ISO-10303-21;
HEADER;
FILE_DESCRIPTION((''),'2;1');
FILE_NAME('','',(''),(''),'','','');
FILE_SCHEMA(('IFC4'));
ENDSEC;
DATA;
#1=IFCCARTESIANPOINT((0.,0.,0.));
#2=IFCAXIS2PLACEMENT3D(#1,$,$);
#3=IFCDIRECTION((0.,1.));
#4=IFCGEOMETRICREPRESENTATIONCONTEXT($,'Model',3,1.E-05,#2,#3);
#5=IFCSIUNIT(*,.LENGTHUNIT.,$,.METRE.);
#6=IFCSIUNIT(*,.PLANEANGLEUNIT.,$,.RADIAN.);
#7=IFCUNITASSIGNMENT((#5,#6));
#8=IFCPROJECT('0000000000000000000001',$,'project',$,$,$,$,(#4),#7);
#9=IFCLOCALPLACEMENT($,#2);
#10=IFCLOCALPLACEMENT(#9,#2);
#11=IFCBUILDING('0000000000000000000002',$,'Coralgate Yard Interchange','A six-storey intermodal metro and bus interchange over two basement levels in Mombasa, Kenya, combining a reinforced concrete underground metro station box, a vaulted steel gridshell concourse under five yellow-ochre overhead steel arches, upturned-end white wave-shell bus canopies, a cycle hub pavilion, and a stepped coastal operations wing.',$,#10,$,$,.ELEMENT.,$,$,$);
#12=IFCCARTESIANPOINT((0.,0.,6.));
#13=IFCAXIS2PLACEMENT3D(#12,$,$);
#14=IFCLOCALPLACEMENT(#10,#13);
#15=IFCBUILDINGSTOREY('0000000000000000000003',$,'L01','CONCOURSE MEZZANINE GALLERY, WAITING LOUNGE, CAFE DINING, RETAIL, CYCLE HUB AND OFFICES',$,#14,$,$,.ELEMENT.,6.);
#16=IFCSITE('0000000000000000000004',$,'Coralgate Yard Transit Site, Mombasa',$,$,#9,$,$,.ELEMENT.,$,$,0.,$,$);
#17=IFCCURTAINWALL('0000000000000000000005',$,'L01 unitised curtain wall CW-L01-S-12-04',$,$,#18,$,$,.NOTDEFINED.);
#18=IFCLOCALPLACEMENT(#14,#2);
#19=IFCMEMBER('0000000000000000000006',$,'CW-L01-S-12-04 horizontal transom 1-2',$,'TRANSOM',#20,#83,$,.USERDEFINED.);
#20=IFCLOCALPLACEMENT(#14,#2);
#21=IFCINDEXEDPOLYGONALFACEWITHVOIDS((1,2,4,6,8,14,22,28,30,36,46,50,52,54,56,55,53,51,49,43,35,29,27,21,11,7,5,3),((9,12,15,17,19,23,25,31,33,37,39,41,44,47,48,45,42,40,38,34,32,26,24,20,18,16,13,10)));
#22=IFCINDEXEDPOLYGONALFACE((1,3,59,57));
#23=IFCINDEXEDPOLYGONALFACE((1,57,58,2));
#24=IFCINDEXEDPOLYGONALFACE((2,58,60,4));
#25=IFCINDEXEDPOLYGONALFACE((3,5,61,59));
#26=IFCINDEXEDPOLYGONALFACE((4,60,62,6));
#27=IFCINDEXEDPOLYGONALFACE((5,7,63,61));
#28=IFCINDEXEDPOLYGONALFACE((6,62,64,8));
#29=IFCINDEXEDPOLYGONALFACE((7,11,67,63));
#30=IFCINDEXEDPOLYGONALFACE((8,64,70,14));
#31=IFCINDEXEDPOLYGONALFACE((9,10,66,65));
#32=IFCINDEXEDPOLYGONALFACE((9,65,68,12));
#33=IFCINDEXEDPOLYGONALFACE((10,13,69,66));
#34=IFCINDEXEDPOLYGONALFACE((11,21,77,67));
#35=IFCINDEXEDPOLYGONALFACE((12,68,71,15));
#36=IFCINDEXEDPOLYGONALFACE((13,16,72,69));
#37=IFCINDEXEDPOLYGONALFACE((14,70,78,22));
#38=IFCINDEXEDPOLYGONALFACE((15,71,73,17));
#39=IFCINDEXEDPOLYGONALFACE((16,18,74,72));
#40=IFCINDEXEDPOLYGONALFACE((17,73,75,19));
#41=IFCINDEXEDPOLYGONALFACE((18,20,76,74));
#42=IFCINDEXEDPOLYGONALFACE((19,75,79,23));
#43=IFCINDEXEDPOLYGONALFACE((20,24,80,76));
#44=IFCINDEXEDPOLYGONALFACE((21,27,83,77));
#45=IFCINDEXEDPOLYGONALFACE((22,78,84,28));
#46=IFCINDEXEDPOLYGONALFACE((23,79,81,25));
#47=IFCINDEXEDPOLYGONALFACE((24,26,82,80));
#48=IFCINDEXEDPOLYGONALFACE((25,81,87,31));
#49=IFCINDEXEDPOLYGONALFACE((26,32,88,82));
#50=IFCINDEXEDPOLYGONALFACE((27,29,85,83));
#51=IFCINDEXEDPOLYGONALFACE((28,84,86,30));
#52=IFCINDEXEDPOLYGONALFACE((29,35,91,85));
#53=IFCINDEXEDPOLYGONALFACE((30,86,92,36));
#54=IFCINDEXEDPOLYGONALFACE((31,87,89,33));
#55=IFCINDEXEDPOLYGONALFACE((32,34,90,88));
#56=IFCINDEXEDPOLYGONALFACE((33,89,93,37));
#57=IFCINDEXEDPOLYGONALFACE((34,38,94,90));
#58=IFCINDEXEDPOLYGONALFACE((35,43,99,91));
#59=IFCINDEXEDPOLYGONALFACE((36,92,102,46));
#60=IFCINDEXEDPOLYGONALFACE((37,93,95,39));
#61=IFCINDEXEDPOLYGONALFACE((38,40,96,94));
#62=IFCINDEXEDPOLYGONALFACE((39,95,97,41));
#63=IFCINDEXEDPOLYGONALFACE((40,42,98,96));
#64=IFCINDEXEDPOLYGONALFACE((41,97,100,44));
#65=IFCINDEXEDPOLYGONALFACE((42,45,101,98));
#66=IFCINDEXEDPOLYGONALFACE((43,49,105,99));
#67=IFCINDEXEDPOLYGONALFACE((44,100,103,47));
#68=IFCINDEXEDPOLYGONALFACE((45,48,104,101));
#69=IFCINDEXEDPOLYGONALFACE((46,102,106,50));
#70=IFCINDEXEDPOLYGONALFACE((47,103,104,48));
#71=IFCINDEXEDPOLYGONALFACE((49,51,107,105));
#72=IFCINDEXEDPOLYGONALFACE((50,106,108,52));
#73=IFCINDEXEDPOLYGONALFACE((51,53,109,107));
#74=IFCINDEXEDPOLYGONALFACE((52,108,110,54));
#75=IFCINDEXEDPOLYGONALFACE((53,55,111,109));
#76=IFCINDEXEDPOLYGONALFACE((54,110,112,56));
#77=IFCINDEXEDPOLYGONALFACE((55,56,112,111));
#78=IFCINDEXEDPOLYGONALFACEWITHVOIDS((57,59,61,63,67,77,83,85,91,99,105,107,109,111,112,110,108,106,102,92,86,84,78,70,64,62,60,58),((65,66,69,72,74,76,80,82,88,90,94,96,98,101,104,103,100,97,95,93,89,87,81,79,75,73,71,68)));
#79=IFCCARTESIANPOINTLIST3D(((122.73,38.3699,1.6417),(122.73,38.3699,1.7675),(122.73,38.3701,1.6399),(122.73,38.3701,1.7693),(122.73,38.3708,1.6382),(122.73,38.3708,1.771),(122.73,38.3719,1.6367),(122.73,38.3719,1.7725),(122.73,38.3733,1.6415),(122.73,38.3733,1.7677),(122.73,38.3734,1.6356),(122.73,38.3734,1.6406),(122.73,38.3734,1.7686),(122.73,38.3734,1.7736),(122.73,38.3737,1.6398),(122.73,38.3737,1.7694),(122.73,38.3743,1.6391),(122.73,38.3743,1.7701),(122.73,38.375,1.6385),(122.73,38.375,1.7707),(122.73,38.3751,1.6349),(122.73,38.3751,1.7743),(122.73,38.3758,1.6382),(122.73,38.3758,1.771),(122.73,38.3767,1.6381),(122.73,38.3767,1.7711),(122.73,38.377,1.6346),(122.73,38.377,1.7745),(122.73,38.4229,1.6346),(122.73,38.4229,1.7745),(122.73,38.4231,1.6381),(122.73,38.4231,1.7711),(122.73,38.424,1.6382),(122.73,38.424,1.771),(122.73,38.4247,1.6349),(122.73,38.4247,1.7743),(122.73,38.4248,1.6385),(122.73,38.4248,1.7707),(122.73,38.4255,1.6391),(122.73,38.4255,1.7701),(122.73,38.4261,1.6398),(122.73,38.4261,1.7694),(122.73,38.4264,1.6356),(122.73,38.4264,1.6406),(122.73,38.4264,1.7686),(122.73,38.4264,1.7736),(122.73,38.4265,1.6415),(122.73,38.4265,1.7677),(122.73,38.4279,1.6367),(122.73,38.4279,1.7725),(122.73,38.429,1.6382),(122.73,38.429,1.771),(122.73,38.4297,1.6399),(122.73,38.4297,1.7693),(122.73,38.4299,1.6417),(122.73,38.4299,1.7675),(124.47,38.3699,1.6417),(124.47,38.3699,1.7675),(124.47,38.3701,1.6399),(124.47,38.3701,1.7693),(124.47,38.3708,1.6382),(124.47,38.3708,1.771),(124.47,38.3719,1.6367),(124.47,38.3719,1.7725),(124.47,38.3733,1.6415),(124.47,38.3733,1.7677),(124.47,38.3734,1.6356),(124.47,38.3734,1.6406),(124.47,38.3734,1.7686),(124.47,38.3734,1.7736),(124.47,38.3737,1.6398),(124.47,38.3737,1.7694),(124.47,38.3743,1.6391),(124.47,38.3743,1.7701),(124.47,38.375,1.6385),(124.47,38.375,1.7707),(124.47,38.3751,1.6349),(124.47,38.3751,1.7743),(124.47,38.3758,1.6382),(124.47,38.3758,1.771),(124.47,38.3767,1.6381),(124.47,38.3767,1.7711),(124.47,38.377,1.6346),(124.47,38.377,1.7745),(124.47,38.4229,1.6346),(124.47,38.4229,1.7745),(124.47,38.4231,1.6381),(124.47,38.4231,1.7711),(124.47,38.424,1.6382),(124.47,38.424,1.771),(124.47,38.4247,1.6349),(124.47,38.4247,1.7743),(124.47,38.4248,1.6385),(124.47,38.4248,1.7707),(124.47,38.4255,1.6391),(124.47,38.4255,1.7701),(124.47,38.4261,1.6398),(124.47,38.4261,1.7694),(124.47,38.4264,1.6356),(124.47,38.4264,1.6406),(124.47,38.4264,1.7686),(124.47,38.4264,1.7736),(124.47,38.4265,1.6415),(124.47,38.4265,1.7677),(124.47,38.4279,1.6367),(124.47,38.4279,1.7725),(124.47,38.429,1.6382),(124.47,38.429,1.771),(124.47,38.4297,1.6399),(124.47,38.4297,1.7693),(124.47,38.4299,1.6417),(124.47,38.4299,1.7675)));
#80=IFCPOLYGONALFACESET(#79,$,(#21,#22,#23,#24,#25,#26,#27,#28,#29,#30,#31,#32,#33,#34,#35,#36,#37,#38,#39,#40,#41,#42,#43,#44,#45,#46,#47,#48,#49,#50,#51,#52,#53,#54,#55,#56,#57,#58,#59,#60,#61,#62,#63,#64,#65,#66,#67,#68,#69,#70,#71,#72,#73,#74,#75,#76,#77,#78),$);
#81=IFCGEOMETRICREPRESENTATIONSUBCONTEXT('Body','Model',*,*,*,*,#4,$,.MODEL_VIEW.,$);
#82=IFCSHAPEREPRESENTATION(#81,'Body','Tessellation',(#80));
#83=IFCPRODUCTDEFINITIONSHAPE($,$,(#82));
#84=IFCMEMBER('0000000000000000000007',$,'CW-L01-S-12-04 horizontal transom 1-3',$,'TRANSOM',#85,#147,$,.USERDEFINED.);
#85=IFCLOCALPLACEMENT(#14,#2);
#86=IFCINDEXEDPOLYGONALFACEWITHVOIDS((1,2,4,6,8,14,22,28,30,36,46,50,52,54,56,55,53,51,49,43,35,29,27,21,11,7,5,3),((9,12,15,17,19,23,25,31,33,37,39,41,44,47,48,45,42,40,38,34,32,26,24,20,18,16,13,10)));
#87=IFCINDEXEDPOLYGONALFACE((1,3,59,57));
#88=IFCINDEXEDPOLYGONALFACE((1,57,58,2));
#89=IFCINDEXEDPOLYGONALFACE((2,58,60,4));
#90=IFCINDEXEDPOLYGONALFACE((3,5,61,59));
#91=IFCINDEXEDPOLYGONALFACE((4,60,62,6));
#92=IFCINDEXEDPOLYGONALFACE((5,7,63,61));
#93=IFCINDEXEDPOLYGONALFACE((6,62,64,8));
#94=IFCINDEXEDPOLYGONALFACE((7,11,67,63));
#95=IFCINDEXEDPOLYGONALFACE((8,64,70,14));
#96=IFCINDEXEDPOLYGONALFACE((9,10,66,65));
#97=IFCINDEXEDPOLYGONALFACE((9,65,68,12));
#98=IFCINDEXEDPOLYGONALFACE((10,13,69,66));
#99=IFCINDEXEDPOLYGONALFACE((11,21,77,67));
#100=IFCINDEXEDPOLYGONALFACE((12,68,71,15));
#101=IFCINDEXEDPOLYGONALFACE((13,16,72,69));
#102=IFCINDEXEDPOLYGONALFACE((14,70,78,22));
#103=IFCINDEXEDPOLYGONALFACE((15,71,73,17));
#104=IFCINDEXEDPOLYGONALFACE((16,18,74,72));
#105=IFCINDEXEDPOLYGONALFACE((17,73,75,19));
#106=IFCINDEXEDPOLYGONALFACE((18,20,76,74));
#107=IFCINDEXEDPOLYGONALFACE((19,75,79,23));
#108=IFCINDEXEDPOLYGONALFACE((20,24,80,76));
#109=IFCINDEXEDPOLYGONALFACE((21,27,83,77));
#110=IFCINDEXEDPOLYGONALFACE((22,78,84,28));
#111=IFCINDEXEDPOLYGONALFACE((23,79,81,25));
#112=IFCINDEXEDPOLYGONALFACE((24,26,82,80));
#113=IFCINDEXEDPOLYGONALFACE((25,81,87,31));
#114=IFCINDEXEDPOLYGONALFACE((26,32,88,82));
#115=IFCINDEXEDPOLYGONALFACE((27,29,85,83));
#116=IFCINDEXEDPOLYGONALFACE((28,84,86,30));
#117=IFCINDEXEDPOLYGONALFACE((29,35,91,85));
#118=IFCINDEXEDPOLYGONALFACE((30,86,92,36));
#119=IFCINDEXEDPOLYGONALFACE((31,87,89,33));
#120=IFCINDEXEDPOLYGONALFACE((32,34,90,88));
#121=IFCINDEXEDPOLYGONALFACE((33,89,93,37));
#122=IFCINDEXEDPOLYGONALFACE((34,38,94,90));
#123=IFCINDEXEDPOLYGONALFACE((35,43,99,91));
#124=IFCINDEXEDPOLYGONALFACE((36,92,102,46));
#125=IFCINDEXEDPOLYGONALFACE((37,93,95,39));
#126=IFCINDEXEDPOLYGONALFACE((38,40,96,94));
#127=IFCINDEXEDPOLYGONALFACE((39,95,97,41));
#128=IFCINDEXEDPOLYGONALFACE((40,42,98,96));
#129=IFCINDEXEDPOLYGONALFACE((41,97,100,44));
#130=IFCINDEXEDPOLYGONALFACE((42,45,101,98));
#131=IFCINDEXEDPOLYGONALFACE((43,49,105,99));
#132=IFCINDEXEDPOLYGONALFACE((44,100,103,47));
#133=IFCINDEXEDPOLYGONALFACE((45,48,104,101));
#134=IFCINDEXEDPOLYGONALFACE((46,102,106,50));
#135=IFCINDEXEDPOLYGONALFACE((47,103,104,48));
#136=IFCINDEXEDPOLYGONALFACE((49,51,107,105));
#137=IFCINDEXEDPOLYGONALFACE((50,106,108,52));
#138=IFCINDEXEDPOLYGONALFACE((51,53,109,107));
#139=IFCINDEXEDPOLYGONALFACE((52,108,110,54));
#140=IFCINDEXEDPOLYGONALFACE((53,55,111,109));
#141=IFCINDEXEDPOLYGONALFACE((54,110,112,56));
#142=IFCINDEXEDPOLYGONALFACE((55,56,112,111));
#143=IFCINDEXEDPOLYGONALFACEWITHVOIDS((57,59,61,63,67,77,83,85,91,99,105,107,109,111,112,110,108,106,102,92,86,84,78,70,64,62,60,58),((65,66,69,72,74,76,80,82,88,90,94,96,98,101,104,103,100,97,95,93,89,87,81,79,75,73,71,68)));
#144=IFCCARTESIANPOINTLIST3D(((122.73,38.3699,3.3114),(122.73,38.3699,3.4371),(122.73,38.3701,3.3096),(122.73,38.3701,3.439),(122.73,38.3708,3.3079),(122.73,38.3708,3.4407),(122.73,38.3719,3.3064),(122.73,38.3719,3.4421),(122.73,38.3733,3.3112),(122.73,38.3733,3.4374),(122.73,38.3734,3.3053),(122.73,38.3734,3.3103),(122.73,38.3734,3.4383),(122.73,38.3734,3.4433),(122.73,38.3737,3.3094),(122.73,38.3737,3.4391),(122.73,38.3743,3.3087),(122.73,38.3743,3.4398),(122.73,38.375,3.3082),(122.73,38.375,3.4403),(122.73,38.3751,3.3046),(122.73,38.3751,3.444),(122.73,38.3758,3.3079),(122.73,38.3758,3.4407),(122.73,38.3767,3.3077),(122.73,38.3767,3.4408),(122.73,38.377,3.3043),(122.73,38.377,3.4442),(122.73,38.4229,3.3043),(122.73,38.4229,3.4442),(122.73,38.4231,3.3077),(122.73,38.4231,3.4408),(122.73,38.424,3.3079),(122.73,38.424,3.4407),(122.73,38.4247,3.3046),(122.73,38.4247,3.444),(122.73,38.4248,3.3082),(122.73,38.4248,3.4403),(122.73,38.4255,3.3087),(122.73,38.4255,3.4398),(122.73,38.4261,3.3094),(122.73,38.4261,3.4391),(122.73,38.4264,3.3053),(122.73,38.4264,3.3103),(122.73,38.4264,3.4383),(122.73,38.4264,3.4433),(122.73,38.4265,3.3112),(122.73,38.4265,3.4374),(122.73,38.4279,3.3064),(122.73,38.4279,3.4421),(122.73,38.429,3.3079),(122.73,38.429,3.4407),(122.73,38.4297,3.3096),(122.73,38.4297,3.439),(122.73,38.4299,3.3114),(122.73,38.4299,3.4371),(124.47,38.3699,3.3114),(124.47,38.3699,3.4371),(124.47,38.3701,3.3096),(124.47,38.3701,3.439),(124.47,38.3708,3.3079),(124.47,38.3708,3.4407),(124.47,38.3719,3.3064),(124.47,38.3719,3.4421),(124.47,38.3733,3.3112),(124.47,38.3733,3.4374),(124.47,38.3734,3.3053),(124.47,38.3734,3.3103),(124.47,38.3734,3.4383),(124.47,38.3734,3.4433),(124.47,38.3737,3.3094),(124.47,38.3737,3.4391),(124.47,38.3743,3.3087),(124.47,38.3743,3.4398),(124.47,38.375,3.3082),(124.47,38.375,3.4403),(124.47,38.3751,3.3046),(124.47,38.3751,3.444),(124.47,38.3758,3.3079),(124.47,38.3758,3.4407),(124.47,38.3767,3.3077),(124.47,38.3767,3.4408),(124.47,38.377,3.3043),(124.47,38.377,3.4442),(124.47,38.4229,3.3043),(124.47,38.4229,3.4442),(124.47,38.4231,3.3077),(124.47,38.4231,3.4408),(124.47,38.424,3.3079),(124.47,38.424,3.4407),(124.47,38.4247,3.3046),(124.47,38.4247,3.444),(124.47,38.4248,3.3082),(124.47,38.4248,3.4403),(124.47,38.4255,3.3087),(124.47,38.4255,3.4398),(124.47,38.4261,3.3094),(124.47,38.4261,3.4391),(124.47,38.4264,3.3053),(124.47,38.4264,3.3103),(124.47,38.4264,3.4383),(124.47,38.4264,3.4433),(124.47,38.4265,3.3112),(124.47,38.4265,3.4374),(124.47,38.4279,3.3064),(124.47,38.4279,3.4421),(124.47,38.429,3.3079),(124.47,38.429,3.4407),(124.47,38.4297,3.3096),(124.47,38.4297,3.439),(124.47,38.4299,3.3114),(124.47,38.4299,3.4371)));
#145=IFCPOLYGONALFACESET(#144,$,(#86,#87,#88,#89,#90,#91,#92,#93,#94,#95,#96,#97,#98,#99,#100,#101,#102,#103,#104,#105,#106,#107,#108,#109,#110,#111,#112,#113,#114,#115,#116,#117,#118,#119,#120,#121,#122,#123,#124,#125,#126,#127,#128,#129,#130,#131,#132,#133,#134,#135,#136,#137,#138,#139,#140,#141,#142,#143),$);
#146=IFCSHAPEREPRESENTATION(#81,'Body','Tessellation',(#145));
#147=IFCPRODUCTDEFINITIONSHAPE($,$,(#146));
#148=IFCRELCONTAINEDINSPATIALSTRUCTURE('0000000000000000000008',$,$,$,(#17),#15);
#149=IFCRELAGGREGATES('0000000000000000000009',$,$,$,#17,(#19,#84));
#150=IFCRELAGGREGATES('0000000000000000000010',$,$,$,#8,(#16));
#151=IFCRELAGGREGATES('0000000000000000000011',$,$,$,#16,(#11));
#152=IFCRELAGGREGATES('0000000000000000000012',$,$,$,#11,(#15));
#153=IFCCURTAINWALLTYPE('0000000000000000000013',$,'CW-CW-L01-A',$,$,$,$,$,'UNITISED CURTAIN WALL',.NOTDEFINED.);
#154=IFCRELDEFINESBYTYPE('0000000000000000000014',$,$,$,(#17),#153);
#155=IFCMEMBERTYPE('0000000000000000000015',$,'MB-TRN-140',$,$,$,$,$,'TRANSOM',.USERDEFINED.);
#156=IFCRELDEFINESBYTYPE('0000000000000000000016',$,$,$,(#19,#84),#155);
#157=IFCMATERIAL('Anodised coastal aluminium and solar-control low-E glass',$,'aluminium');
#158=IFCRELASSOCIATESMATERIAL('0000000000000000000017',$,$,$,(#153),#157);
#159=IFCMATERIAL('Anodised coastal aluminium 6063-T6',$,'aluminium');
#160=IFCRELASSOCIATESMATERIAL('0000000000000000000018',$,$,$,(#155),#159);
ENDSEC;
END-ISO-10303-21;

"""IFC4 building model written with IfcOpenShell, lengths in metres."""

from ifc_helpers import new_model, si_unit, direction, frame, origin, origin_2d, place, context, subcontext, project, spatial, hollow_rectangle, extrude, material, material_profile, profile_set, type_object, element, aggregate, save


model = new_model("IFC4")

# Units and contexts
model_context = context("Model", 3, precision=1e-05, world=origin(), true_north=direction((0.0, 1.0)))
body_context = subcontext(model_context, "Body", "Model", "MODEL_VIEW")
ifc_project = project(units=[si_unit("LENGTHUNIT", "METRE"), si_unit("PLANEANGLEUNIT", "RADIAN")], contexts=[model_context])

# Site, building, storey
site_placement = place(None, origin())
site = spatial("IfcSite", under=ifc_project, at=site_placement, Name="Coralgate Yard Transit Site, Mombasa", CompositionType="ELEMENT", RefElevation=0.0)
building_placement = place(site_placement, origin())
building = spatial("IfcBuilding", under=site, at=building_placement, Name="Coralgate Yard Interchange", Description="A six-storey intermodal metro and bus interchange over two basement levels in Mombasa, Kenya, combining a reinforced concrete underground metro station box, a vaulted steel gridshell concourse under five yellow-ochre overhead steel arches, upturned-end white wave-shell bus canopies, a cycle hub pavilion, and a stepped coastal operations wing.", CompositionType="ELEMENT")
storey_placement = place(building_placement, frame((0.0, 0.0, 6.0)))
storey = spatial("IfcBuildingStorey", under=building, at=storey_placement, Name="L01", Description="CONCOURSE MEZZANINE GALLERY, WAITING LOUNGE, CAFE DINING, RETAIL, CYCLE HUB AND OFFICES", CompositionType="ELEMENT", Elevation=6.0)

# Curtain wall
ifc_material_1 = material(Name="Anodised coastal aluminium and solar-control low-E glass", Category="aluminium")
curtain_wall_type = type_object("IfcCurtainWallType", Name="CW-CW-L01-A", ElementType="UNITISED CURTAIN WALL", PredefinedType="NOTDEFINED", material=ifc_material_1)
curtain_wall_1_placement = place(storey_placement, origin())
curtain_wall_1 = element("IfcCurtainWall", 1, at=curtain_wall_1_placement, inside=storey, type_object=curtain_wall_type, Name="L01 unitised curtain wall CW-L01-S-12-04", PredefinedType="NOTDEFINED")
ifc_material_2 = material(Name="Anodised coastal aluminium 6063-T6", Category="aluminium")

# Members
ifc_material_profile_1 = material_profile(ifc_material_2, hollow_rectangle(XDim=0.0601, YDim=0.1399, WallThickness=0.0034, InnerFilletRadius=0.0034, OuterFilletRadius=0.0071, at=origin_2d()), Name="ALU 60x140x3.5")
ifc_profile_set_1 = profile_set([ifc_material_profile_1], Name="Anodised coastal aluminium 6063-T6")
member_type_1 = type_object("IfcMemberType", Name="MB-TRN-140", ElementType="TRANSOM", PredefinedType="USERDEFINED", material=ifc_profile_set_1)
member_1_placement = place(storey_placement, frame((124.47, 38.3999, 1.7046), z_axis=(-1.0, 0.0, 0.0), x_axis=(0.0, -1.0, 0.0)))
member_1 = element("IfcMember", 2, at=member_1_placement, type_object=member_type_1, Name="CW-L01-S-12-04 horizontal transom 1-2", ObjectType="TRANSOM", PredefinedType="USERDEFINED", context=body_context, shape_type="SweptSolid", body=[
    extrude(hollow_rectangle(XDim=0.0601, YDim=0.1399, WallThickness=0.0034, InnerFilletRadius=0.0034, OuterFilletRadius=0.0071, at=origin_2d()), origin(), (0.0, 0.0, 1.0), 1.74),
])
member_2_placement = place(storey_placement, frame((124.47, 38.3999, 3.3743), z_axis=(-1.0, 0.0, 0.0), x_axis=(0.0, -1.0, 0.0)))
member_2 = element("IfcMember", 3, at=member_2_placement, type_object=member_type_1, Name="CW-L01-S-12-04 horizontal transom 1-3", ObjectType="TRANSOM", PredefinedType="USERDEFINED", context=body_context, shape_type="SweptSolid", body=[
    extrude(hollow_rectangle(XDim=0.0601, YDim=0.1399, WallThickness=0.0034, InnerFilletRadius=0.0034, OuterFilletRadius=0.0071, at=origin_2d()), origin(), (0.0, 0.0, 1.0), 1.74),
])

aggregate(curtain_wall_1, [member_1, member_2])

save(model, "model.ifc")
